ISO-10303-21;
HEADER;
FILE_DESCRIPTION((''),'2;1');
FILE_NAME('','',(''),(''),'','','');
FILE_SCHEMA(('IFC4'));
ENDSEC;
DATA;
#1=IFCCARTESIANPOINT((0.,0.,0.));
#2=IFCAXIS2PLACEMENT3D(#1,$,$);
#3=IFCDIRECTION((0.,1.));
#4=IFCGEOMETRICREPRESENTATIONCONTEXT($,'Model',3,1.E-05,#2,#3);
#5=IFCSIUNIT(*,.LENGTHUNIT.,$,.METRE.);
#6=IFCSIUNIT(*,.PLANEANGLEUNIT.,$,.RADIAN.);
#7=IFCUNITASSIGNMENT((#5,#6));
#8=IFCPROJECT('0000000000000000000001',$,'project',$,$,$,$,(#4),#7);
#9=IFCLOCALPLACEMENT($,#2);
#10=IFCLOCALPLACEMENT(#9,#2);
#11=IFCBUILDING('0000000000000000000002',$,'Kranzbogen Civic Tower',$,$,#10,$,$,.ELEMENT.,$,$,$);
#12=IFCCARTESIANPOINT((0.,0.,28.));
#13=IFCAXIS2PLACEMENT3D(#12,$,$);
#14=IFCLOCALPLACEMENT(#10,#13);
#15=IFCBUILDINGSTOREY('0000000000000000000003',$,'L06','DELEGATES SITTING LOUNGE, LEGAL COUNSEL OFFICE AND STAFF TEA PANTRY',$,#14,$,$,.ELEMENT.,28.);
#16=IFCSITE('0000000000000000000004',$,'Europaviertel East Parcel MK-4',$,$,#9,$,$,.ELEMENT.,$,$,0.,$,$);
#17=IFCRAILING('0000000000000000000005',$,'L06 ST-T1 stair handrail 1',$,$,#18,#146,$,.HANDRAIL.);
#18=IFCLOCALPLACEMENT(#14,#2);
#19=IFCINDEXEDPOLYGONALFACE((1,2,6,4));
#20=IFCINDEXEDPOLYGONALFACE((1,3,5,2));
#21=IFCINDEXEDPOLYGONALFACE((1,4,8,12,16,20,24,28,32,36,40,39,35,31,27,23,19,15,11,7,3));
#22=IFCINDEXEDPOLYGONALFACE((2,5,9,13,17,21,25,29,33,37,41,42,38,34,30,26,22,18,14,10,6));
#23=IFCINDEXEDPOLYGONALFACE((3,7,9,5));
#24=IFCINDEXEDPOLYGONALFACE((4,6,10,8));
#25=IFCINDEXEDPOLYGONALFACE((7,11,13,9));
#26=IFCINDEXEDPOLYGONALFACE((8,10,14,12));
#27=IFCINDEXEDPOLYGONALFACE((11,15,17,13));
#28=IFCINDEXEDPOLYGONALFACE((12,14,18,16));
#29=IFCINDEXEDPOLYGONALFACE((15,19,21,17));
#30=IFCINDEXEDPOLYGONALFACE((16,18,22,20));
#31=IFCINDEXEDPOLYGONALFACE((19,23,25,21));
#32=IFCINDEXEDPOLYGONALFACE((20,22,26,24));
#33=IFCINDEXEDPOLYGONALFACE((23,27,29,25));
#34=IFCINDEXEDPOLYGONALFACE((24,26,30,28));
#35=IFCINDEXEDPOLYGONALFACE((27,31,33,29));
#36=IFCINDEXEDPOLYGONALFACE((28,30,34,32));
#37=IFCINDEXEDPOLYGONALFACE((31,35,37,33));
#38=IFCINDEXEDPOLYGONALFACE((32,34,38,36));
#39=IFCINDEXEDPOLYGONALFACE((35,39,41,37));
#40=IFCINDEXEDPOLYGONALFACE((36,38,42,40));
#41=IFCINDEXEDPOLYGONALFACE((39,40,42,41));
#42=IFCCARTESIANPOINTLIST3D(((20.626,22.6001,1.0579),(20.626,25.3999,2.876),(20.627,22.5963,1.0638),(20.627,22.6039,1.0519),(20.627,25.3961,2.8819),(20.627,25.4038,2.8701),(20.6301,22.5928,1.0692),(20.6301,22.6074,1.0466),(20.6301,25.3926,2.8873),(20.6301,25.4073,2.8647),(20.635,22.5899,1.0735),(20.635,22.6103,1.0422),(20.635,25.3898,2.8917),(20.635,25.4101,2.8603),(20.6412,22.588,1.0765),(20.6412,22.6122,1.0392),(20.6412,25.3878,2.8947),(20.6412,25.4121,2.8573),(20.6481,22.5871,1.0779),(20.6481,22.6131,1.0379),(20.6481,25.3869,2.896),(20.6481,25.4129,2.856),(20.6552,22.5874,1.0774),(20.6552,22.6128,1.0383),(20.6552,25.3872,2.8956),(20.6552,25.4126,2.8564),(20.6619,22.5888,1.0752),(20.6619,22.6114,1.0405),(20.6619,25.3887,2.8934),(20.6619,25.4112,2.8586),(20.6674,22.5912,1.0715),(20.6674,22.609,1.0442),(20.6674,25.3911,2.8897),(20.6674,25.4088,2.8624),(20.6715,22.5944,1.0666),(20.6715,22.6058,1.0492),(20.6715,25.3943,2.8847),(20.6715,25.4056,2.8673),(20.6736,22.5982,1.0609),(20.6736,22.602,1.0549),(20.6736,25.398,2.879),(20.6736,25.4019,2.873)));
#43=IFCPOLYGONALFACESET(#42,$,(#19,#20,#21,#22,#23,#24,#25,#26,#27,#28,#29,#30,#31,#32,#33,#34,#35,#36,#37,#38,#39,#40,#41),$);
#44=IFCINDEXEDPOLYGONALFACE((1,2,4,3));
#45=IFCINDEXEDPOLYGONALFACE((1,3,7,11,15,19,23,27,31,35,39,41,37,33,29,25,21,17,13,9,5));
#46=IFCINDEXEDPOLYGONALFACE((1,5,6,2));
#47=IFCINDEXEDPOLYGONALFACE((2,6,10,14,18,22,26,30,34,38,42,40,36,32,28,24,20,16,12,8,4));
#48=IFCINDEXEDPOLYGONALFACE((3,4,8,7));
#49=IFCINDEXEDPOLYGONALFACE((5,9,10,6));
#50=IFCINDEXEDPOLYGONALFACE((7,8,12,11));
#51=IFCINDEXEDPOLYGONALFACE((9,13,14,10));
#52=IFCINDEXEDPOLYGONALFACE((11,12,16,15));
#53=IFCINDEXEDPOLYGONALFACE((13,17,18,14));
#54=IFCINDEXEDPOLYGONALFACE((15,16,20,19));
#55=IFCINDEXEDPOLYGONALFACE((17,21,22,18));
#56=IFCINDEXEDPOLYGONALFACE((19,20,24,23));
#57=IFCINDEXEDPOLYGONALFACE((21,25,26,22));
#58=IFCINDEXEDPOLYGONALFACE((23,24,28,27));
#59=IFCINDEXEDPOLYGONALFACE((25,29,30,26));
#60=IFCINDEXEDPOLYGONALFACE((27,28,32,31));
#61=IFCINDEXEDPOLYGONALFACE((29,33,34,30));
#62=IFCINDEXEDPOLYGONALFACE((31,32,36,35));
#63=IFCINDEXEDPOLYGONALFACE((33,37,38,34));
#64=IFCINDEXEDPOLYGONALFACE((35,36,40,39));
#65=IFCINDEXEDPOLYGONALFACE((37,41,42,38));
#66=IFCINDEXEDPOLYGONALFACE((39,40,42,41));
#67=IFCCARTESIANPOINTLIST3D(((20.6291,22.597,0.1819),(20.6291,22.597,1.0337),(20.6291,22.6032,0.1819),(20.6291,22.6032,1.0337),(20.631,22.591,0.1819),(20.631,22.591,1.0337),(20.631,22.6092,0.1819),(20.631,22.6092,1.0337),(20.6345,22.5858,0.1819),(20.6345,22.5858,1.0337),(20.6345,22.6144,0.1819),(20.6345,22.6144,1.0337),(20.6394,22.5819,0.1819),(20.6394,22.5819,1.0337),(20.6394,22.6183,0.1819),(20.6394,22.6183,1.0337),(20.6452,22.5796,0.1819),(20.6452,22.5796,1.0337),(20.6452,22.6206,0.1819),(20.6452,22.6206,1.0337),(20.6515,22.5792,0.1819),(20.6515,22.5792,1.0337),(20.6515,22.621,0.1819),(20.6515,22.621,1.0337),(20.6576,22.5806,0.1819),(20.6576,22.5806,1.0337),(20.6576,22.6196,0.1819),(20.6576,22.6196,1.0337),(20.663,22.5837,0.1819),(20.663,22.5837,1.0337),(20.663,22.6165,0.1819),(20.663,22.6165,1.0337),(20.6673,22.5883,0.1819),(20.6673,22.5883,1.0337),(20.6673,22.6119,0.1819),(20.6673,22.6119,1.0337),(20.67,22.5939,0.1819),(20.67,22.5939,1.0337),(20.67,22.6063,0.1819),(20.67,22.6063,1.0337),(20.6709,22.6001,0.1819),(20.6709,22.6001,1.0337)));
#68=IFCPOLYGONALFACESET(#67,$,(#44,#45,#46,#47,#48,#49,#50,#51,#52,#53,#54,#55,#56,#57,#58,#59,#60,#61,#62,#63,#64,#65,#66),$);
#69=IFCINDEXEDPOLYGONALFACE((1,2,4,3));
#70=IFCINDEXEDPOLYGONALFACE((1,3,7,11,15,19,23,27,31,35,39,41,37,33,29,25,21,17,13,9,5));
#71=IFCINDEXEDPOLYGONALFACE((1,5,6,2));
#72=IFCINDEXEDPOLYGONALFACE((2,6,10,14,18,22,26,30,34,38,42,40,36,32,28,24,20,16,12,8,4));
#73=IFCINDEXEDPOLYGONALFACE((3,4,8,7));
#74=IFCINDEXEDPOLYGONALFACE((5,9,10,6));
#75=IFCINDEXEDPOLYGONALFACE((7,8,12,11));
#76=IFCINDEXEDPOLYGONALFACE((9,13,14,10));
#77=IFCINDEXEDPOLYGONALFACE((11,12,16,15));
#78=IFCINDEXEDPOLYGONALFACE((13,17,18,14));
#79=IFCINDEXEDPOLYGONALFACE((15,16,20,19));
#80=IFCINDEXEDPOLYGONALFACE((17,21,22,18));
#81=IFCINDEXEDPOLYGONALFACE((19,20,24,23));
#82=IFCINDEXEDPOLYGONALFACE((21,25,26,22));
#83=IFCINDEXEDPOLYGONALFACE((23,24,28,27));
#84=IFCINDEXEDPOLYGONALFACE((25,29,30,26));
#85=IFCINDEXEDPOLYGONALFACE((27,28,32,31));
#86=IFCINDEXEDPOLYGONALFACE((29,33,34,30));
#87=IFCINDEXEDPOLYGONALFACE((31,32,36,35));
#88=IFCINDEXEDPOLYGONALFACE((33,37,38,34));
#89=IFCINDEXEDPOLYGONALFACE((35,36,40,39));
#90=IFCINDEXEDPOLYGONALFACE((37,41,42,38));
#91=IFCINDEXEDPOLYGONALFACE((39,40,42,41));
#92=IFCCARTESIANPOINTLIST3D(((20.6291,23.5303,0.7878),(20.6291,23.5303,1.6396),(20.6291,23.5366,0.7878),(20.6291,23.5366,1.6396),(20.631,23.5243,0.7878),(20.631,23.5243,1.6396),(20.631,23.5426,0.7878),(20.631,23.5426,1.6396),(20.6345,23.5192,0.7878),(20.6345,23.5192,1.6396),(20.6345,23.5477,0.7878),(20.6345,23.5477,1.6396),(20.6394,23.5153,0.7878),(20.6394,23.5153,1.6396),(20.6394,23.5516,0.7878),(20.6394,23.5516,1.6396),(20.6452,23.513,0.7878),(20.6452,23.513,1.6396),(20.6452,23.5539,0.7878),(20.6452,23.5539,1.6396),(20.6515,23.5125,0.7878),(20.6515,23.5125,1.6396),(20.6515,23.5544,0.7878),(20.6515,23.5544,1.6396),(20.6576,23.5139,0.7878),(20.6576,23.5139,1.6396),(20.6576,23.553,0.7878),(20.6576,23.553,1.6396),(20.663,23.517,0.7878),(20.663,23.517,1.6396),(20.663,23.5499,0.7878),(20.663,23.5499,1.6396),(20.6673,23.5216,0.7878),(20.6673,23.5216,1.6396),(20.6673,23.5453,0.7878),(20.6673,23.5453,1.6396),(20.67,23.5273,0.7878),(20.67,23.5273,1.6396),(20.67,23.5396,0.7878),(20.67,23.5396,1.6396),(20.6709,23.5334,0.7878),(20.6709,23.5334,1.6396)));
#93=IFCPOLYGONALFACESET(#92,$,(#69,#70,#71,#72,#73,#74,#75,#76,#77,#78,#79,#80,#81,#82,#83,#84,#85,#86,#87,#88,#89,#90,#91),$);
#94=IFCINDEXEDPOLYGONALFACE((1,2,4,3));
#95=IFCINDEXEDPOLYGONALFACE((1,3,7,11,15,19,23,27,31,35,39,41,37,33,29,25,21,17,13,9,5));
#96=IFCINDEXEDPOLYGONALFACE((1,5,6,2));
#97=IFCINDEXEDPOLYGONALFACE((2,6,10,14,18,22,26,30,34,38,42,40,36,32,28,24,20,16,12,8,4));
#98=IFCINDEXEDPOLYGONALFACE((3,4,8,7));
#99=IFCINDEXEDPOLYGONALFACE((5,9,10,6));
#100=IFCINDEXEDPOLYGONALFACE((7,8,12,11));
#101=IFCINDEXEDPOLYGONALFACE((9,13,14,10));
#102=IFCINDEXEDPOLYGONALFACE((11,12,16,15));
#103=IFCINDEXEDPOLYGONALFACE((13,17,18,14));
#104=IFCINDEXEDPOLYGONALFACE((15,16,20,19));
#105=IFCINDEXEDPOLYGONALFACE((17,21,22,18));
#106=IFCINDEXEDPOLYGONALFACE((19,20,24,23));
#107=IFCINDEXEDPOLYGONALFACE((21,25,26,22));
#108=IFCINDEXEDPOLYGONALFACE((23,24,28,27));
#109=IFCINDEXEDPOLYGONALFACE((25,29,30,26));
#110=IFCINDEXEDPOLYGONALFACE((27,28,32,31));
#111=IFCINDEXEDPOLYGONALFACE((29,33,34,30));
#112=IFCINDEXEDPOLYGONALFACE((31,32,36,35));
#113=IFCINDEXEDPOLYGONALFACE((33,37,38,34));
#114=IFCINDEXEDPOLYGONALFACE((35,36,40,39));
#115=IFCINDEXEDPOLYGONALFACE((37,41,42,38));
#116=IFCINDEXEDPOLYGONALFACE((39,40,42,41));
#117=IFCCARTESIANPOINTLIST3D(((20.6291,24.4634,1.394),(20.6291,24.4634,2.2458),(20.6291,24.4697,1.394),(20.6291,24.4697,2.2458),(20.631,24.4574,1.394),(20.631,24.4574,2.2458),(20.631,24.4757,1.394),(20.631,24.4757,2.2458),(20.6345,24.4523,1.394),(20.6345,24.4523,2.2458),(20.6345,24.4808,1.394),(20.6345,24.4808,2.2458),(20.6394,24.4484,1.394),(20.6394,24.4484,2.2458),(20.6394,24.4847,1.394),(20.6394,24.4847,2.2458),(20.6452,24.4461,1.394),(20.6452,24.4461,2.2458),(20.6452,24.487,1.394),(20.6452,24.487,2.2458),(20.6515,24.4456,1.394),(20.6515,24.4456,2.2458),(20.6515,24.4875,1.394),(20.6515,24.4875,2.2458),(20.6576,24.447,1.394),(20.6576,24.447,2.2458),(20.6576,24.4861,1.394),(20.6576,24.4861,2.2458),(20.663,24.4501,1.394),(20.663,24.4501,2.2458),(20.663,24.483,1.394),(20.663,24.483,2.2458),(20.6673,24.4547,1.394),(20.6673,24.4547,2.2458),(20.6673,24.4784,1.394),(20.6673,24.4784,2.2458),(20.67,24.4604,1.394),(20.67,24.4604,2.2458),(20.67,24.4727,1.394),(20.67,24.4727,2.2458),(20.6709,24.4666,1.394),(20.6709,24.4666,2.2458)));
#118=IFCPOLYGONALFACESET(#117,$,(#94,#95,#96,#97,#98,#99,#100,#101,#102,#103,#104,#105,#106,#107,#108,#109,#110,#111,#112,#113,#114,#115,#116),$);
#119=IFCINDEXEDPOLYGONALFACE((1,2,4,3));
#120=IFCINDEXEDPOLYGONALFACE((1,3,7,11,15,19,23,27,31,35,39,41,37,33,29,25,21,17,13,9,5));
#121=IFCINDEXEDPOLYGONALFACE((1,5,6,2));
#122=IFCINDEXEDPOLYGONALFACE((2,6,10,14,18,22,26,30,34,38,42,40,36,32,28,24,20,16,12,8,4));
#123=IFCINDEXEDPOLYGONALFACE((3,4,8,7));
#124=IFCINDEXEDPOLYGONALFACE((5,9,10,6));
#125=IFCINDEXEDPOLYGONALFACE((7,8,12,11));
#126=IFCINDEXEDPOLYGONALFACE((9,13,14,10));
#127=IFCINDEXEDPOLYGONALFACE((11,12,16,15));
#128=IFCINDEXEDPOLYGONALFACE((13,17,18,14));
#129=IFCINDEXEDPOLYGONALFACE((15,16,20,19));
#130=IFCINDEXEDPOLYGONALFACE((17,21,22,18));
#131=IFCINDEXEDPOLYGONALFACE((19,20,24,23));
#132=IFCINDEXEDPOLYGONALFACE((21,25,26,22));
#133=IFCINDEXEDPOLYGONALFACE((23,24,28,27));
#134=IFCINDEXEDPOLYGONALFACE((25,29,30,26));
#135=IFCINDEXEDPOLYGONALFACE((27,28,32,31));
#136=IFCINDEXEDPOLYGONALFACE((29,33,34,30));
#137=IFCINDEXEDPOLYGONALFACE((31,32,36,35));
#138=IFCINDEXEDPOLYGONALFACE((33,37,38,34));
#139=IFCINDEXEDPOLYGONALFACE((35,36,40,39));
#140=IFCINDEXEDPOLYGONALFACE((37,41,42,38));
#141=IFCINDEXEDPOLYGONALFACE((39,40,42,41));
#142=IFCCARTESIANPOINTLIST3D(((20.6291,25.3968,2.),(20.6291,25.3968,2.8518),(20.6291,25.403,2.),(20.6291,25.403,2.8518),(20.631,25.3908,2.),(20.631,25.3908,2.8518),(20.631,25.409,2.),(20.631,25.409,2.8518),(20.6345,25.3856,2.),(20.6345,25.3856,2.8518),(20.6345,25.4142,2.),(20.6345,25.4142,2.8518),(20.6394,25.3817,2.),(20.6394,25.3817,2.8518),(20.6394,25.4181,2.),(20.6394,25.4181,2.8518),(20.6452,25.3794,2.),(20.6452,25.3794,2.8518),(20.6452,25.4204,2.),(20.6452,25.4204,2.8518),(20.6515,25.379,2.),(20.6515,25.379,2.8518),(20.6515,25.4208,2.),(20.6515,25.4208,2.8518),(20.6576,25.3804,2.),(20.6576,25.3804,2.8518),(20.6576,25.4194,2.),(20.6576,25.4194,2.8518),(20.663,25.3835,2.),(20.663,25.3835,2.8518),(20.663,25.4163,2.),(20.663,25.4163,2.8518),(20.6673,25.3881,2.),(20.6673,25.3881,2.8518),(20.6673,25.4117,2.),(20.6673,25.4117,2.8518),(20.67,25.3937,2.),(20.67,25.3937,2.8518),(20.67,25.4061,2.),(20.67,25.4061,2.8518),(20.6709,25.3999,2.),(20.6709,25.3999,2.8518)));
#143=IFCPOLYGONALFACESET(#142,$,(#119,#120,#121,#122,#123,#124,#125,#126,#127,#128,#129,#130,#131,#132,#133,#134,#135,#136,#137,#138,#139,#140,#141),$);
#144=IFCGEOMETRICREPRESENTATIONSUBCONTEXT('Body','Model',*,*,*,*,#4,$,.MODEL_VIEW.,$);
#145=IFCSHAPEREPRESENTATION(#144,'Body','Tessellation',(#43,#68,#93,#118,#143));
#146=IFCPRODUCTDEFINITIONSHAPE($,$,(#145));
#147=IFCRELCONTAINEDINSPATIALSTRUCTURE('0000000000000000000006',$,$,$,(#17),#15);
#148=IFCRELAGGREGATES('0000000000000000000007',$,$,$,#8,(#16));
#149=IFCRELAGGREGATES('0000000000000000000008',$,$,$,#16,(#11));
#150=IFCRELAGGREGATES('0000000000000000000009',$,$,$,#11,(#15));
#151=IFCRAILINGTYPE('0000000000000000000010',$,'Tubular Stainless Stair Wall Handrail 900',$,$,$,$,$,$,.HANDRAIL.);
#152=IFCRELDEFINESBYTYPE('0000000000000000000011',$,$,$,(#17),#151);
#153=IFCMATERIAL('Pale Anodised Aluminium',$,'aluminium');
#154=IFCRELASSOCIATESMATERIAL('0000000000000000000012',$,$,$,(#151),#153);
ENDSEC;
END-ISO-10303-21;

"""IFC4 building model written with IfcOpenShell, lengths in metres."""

from ifc_helpers import new_model, si_unit, direction, frame, origin, origin_2d, place, context, subcontext, project, spatial, circle, extrude, material, type_object, element, save


model = new_model("IFC4")

# Units and contexts
model_context = context("Model", 3, precision=1e-05, world=origin(), true_north=direction((0.0, 1.0)))
body_context = subcontext(model_context, "Body", "Model", "MODEL_VIEW")
ifc_project = project(units=[si_unit("LENGTHUNIT", "METRE"), si_unit("PLANEANGLEUNIT", "RADIAN")], contexts=[model_context])

# Site, building, storey
site_placement = place(None, origin())
site = spatial("IfcSite", under=ifc_project, at=site_placement, Name="Europaviertel East Parcel MK-4", CompositionType="ELEMENT", RefElevation=0.0)
building_placement = place(site_placement, origin())
building = spatial("IfcBuilding", under=site, at=building_placement, Name="Kranzbogen Civic Tower", CompositionType="ELEMENT")
storey_placement = place(building_placement, frame((0.0, 0.0, 28.0)))
storey = spatial("IfcBuildingStorey", under=building, at=storey_placement, Name="L06", Description="DELEGATES SITTING LOUNGE, LEGAL COUNSEL OFFICE AND STAFF TEA PANTRY", CompositionType="ELEMENT", Elevation=28.0)

# Shared definitions
ifc_material_1 = material(Name="Pale Anodised Aluminium", Category="aluminium")

# Railing
railing_type_1 = type_object("IfcRailingType", Name="Tubular Stainless Stair Wall Handrail 900", PredefinedType="HANDRAIL", material=ifc_material_1)
railing_1_placement = place(storey_placement, frame((20.6499, 22.6001, 0.1819)))
element("IfcRailing", 1, at=railing_1_placement, inside=storey, type_object=railing_type_1, Name="L06 ST-T1 stair handrail 1", PredefinedType="HANDRAIL", context=body_context, shape_type="SweptSolid", body=[
    extrude(circle(Radius=0.0239, at=origin_2d()), frame((0.0, 0.0, 0.876), z_axis=(0.0, 0.838684, 0.544618), x_axis=(-1.0, 0.0, 0.0)), (0.0, 0.0, 1.0), 3.3384),
    extrude(circle(Radius=0.021, at=origin_2d()), origin(), (0.0, 0.0, 1.0), 0.8518),
    extrude(circle(Radius=0.021, at=origin_2d()), frame((0.0, 0.9333, 0.606)), (0.0, 0.0, 1.0), 0.8518),
    extrude(circle(Radius=0.021, at=origin_2d()), frame((0.0, 1.8665, 1.2122)), (0.0, 0.0, 1.0), 0.8518),
    extrude(circle(Radius=0.021, at=origin_2d()), frame((0.0, 2.7998, 1.8181)), (0.0, 0.0, 1.0), 0.8518),
])

save(model, "model.ifc")
